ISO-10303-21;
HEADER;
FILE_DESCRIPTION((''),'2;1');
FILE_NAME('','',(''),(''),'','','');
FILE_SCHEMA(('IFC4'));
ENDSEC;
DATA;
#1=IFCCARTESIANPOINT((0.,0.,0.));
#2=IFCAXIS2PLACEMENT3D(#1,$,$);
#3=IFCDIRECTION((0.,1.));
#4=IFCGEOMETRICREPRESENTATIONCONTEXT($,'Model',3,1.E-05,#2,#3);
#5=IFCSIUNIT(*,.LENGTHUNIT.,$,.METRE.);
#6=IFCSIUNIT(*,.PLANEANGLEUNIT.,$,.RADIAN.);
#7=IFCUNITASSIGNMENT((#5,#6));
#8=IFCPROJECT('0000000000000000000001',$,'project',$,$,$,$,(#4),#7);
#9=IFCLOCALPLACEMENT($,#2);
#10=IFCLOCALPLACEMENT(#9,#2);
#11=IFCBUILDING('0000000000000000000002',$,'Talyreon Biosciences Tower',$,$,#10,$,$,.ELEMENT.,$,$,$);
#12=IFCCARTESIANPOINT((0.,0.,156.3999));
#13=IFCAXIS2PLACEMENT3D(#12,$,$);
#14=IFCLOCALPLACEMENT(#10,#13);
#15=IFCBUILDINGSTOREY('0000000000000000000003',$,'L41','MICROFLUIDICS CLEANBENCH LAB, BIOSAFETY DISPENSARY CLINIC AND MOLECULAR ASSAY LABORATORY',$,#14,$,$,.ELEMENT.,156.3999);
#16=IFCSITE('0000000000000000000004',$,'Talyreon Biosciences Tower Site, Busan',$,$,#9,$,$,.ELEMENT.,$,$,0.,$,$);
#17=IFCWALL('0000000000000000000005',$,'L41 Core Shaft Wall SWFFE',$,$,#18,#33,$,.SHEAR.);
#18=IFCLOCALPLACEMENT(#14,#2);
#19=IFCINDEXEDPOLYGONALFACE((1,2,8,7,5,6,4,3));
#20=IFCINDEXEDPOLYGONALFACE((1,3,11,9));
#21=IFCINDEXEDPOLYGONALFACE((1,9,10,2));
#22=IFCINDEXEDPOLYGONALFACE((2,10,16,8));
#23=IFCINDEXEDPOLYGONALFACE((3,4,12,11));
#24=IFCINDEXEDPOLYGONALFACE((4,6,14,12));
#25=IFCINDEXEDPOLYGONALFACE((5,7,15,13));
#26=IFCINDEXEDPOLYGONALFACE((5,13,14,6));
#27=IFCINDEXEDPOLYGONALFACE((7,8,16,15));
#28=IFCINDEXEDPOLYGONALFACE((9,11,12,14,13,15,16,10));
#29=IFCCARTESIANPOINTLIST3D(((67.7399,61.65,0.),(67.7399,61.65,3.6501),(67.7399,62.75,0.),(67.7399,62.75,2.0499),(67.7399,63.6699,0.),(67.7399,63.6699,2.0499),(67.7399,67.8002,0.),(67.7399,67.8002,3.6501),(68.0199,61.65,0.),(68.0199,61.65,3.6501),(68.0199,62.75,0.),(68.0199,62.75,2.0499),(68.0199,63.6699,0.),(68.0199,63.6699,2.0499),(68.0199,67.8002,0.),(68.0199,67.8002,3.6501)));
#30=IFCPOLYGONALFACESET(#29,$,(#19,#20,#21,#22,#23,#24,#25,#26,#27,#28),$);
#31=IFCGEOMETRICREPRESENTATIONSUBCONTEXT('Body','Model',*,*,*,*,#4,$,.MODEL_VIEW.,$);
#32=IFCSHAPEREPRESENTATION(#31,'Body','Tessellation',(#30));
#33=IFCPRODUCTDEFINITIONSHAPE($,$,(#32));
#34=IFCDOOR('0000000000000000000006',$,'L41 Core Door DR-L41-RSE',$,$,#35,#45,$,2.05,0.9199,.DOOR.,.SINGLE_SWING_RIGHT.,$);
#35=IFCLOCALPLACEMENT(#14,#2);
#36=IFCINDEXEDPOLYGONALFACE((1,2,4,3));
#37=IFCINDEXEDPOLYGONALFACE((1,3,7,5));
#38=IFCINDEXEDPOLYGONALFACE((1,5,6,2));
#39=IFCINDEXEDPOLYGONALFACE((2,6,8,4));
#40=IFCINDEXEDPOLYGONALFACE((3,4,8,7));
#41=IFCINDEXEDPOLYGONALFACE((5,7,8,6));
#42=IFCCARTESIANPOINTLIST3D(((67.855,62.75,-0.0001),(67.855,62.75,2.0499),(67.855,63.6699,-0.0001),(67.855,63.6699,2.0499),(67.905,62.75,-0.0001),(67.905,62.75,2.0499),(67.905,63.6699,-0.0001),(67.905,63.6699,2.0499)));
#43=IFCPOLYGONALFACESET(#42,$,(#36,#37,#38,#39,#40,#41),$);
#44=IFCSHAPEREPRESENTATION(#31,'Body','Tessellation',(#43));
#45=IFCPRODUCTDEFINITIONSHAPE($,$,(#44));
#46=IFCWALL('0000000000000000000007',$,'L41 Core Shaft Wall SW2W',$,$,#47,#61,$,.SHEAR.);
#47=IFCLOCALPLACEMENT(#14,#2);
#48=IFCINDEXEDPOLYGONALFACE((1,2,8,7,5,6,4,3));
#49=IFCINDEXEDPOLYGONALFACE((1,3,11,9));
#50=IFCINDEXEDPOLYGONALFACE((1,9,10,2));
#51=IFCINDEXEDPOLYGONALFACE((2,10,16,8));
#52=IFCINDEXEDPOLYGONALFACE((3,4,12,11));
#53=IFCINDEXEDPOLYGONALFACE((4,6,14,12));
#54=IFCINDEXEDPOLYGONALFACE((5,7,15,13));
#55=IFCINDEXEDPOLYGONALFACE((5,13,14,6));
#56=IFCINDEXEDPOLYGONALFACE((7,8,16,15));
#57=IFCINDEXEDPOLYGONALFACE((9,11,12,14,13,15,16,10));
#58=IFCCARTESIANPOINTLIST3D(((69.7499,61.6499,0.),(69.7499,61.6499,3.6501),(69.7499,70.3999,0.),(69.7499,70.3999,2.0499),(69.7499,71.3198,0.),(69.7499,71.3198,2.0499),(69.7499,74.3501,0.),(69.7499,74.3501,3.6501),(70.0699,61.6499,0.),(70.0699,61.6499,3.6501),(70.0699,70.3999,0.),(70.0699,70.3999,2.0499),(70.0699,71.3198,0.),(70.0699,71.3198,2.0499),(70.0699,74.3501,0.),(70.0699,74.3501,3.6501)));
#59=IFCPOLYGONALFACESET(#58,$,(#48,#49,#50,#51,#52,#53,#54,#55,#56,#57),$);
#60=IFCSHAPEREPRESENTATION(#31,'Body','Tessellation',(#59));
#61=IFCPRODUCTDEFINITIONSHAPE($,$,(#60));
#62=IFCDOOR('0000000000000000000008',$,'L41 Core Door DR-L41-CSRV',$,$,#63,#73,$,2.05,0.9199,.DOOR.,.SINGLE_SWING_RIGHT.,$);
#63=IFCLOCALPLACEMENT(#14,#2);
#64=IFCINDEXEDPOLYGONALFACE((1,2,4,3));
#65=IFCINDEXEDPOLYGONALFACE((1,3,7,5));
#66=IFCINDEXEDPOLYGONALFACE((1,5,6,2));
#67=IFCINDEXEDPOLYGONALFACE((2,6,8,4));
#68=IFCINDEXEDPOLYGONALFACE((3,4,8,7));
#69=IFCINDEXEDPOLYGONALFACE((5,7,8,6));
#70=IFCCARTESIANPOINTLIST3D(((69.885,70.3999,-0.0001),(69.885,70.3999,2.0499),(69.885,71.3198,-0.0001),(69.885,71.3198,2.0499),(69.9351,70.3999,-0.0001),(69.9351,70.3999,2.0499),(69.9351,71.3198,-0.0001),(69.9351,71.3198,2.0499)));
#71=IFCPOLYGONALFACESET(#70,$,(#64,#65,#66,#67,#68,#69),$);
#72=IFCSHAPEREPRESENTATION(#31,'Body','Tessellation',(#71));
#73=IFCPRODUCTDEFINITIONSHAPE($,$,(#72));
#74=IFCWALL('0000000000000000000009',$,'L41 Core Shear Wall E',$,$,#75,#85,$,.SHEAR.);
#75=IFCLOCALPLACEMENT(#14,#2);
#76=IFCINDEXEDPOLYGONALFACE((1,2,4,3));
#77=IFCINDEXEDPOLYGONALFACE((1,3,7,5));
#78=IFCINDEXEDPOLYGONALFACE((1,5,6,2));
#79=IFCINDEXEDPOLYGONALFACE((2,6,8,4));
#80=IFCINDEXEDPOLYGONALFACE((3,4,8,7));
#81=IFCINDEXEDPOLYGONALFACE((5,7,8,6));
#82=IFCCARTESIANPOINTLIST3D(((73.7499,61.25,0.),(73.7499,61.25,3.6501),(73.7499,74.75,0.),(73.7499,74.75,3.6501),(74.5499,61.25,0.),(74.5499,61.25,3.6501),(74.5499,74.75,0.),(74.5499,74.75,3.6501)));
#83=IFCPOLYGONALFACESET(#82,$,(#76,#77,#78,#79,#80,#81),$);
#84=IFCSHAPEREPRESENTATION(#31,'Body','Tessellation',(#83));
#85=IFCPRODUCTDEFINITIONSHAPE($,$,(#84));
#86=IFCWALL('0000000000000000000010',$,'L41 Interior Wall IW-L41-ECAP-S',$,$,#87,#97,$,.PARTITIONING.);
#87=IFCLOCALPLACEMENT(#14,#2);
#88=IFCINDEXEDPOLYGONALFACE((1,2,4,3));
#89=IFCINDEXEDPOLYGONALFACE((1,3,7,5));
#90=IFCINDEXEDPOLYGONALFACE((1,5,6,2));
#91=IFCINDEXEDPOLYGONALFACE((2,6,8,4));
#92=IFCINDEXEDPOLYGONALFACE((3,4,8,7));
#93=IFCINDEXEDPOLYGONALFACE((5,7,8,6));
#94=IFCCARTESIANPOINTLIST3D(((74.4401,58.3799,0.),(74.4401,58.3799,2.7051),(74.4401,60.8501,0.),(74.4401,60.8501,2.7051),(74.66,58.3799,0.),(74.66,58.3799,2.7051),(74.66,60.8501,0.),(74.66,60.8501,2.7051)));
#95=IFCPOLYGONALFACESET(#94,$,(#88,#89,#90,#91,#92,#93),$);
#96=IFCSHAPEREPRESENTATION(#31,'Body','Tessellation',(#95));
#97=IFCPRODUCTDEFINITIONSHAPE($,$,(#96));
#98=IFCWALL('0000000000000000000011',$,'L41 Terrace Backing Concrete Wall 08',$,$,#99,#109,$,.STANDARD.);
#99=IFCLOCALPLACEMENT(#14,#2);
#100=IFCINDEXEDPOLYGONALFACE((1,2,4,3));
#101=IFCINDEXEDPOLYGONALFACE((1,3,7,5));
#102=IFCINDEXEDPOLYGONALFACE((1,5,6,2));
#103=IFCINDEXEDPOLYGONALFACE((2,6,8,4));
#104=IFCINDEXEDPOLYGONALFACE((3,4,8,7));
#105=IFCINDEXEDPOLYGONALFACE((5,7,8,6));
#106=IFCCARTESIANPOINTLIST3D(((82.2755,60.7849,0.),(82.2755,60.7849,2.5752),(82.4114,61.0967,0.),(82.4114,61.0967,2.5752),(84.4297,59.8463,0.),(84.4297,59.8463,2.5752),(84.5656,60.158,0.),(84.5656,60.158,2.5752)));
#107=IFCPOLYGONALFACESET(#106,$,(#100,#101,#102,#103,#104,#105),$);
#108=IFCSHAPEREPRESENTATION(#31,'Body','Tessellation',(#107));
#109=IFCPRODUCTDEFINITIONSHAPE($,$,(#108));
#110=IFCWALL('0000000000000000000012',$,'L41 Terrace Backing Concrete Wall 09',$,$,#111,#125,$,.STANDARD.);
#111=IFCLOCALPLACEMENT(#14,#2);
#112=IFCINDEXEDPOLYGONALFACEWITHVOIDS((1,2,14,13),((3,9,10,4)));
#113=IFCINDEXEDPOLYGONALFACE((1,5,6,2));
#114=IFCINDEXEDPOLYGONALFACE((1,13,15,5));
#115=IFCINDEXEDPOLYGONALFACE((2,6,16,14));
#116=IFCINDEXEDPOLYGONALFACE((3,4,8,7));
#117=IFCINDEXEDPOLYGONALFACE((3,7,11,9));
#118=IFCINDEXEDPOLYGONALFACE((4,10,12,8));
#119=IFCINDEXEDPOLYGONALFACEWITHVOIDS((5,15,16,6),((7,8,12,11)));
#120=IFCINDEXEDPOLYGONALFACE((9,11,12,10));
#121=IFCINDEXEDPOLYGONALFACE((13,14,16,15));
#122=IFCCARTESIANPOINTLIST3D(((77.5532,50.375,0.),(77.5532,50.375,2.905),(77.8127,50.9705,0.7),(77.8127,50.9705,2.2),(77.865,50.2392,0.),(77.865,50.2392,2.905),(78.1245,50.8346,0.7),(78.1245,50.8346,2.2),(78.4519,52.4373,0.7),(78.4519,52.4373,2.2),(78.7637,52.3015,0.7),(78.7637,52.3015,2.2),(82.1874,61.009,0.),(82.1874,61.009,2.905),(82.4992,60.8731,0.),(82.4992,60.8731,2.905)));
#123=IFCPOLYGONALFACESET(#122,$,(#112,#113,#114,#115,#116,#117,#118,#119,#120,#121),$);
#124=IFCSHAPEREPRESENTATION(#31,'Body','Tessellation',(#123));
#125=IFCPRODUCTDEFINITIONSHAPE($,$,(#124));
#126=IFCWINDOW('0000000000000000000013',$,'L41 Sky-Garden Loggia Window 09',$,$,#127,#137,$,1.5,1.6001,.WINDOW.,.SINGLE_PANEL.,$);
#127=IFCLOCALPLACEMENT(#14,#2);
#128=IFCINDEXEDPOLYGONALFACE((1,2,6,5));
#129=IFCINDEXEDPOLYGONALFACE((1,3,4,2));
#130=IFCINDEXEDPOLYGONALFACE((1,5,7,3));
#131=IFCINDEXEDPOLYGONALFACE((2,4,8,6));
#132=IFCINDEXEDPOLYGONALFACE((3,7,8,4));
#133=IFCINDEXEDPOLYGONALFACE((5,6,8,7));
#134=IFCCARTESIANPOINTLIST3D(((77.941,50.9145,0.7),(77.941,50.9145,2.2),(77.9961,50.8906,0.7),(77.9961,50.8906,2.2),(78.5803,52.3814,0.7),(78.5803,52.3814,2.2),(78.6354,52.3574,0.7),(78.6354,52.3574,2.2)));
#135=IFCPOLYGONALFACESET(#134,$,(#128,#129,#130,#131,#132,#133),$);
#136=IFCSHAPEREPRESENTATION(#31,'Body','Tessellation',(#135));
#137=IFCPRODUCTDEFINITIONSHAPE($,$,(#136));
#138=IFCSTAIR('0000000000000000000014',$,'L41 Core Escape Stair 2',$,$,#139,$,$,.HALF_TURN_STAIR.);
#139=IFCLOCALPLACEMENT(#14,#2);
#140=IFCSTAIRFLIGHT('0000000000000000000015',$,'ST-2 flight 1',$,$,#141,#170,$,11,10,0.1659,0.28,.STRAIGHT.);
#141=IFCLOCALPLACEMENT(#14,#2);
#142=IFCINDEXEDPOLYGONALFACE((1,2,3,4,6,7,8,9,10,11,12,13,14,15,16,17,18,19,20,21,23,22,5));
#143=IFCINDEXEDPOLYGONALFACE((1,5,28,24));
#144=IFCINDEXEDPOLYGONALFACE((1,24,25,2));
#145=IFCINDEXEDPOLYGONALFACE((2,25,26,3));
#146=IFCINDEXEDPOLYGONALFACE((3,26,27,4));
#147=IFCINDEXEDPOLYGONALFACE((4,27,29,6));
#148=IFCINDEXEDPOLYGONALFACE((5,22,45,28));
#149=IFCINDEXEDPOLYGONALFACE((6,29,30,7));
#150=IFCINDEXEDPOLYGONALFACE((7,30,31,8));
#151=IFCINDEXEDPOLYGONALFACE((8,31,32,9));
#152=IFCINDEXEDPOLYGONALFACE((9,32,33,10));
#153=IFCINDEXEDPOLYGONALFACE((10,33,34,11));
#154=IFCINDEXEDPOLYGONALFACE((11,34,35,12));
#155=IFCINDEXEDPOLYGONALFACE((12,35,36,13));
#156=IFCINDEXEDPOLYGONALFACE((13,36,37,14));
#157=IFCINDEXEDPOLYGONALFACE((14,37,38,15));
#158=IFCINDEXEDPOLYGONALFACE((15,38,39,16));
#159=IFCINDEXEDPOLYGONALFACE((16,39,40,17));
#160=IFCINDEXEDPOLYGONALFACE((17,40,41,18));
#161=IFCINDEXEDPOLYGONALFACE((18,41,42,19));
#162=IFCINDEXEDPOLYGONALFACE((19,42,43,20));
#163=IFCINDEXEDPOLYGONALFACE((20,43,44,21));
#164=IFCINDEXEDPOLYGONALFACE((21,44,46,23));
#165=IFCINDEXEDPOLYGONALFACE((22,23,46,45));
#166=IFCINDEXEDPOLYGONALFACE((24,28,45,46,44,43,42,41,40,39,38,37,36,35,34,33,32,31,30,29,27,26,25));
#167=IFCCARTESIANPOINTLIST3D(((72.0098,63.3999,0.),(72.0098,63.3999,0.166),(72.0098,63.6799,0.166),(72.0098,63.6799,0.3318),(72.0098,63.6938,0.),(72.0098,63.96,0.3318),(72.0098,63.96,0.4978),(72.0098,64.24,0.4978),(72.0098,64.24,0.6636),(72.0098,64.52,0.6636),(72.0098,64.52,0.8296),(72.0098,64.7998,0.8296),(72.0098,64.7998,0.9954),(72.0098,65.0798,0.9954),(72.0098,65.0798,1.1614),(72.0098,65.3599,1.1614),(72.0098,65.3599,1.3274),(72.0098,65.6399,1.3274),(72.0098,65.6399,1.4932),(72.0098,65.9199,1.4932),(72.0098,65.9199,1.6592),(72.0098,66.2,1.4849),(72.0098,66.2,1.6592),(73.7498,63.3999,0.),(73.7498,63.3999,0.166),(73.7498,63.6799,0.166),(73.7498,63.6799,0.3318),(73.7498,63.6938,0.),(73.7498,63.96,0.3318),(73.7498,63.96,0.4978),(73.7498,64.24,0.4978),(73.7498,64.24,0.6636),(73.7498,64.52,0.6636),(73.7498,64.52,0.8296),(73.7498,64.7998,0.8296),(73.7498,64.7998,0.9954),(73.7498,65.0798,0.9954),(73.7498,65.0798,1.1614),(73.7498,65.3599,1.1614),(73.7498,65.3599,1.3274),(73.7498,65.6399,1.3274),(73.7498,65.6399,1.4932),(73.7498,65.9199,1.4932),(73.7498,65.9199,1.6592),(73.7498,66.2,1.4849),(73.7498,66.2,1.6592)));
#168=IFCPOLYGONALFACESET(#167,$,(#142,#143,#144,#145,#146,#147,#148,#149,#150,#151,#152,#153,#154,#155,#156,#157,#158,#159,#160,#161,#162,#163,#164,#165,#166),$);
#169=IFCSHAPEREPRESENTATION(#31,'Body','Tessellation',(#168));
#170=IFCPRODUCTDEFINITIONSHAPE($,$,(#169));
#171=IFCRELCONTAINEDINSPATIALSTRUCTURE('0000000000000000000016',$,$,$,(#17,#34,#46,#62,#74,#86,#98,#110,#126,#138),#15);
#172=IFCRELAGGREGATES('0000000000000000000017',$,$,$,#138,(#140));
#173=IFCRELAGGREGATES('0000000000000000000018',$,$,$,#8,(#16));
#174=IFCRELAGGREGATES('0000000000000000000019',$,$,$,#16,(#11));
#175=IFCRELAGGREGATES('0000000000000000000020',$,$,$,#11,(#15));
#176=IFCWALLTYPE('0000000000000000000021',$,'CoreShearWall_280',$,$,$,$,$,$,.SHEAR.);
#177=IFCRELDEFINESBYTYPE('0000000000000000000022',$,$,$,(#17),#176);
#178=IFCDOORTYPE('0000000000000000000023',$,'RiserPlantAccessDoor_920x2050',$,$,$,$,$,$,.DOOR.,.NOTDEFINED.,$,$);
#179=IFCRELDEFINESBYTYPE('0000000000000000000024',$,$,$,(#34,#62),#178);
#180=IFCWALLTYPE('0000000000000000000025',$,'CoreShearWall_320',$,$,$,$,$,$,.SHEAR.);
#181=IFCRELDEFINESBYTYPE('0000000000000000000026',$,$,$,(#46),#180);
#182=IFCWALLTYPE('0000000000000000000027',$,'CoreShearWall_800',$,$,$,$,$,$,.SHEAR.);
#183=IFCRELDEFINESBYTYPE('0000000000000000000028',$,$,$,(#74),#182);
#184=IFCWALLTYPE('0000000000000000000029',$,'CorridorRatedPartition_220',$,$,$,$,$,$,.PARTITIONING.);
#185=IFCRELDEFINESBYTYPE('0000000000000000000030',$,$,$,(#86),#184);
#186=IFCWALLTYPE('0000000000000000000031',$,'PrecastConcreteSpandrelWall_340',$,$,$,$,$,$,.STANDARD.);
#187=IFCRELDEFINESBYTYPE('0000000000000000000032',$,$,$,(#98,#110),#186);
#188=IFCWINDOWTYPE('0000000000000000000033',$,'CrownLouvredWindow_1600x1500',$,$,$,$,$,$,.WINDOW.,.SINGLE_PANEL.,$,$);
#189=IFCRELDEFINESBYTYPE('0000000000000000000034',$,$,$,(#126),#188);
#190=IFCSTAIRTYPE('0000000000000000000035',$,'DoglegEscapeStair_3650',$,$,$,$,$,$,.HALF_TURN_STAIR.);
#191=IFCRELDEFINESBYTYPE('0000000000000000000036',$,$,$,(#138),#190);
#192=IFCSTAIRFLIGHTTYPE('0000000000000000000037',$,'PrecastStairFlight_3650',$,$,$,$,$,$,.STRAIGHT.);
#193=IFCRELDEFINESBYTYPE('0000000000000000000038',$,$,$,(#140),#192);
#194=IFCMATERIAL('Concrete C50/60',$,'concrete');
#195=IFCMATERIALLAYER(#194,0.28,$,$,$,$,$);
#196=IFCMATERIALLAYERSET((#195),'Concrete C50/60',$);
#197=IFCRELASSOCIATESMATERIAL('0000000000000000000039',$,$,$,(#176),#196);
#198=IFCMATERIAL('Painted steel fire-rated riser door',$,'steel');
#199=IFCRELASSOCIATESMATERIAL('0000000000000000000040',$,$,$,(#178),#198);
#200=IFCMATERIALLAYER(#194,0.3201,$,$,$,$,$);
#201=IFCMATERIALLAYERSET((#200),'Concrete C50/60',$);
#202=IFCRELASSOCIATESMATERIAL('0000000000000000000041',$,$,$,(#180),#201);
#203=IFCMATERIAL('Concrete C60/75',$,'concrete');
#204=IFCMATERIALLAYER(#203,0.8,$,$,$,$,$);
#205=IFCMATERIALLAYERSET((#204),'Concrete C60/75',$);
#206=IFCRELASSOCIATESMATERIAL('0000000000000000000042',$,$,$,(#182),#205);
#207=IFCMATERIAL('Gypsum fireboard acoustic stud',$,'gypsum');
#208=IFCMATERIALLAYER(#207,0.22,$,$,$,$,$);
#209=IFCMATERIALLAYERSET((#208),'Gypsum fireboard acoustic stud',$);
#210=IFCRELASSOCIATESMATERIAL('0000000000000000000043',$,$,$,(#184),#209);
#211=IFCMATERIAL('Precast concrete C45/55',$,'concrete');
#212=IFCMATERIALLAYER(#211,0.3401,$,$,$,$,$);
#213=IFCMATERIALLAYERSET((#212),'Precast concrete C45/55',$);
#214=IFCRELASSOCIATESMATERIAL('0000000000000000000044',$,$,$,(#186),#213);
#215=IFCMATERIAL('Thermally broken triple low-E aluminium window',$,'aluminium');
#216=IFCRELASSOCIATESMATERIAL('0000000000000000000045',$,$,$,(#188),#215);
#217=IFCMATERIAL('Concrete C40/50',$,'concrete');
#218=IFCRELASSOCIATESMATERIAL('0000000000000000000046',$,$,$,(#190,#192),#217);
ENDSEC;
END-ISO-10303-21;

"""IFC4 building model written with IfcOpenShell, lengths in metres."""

from ifc_helpers import new_model, si_unit, direction, frame, frame_2d, origin, place, context, subcontext, project, spatial, polyline, rectangle, outline, extrude, material, layer, layer_set, type_object, element, fill, aggregate, save


model = new_model("IFC4")

# Units and contexts
model_context = context("Model", 3, precision=1e-05, world=origin(), true_north=direction((0.0, 1.0)))
body_context = subcontext(model_context, "Body", "Model", "MODEL_VIEW")
ifc_project = project(units=[si_unit("LENGTHUNIT", "METRE"), si_unit("PLANEANGLEUNIT", "RADIAN")], contexts=[model_context])

# Site, building, storey
site_placement = place(None, origin())
site = spatial("IfcSite", under=ifc_project, at=site_placement, Name="Talyreon Biosciences Tower Site, Busan", CompositionType="ELEMENT", RefElevation=0.0)
building_placement = place(site_placement, origin())
building = spatial("IfcBuilding", under=site, at=building_placement, Name="Talyreon Biosciences Tower", CompositionType="ELEMENT")
storey_placement = place(building_placement, frame((0.0, 0.0, 156.3999)))
storey = spatial("IfcBuildingStorey", under=building, at=storey_placement, Name="L41", Description="MICROFLUIDICS CLEANBENCH LAB, BIOSAFETY DISPENSARY CLINIC AND MOLECULAR ASSAY LABORATORY", CompositionType="ELEMENT", Elevation=156.3999)

# Shared definitions
ifc_material_1 = material(Name="Concrete C60/75", Category="concrete")
ifc_material_2 = material(Name="Concrete C50/60", Category="concrete")

# Walls, openings, doors
ifc_layer_1 = layer(ifc_material_2, 0.28)
ifc_layer_set_1 = layer_set([ifc_layer_1], Name="Concrete C50/60")
wall_type_1 = type_object("IfcWallType", Name="CoreShearWall_280", PredefinedType="SHEAR", material=ifc_layer_set_1)
wall_1_placement = place(storey_placement, frame((67.8799, 61.6499, 0.0), z_axis=(0.0, 0.0, 1.0), x_axis=(0.0, 1.0, 0.0)))
wall_1 = element("IfcWall", 1, at=wall_1_placement, inside=storey, type_object=wall_type_1, Name="L41 Core Shaft Wall SWFFE", PredefinedType="SHEAR", context=body_context, shape_type="SweptSolid", body=[
    extrude(rectangle(XDim=6.1501, YDim=0.28, at=frame_2d((3.0752, 0.0))), origin(), (0.0, 0.0, 1.0), 3.6501),
])
opening_1_placement = place(wall_1_placement, frame((1.1001, 0.0, 0.0)))
opening_1 = element("IfcOpeningElement", 2, at=opening_1_placement, cuts=wall_1, PredefinedType="OPENING", context=body_context, shape_type="SweptSolid", body=[
    extrude(rectangle(XDim=0.9199, YDim=2.05, at=frame_2d((0.46, 1.0249))), frame((0.0, 0.1499, 0.0), z_axis=(0.0, -1.0, 0.0), x_axis=(1.0, 0.0, 0.0)), (0.0, 0.0, 1.0), 0.3),
])
ifc_material_3 = material(Name="Painted steel fire-rated riser door", Category="steel")
door_type = type_object("IfcDoorType", Name="RiserPlantAccessDoor_920x2050", OperationType="NOTDEFINED", PredefinedType="DOOR", material=ifc_material_3)
door_1_placement = place(opening_1_placement, origin())
door_1 = element("IfcDoor", 3, at=door_1_placement, inside=storey, type_object=door_type, Name="L41 Core Door DR-L41-RSE", OperationType="SINGLE_SWING_RIGHT", OverallHeight=2.05, OverallWidth=0.9199, PredefinedType="DOOR", context=body_context, shape_type="SweptSolid", body=[
    extrude(rectangle(XDim=0.9199, YDim=2.05, at=frame_2d((0.46, 1.0249))), frame((0.0, 0.0249, 0.0), z_axis=(0.0, -1.0, 0.0), x_axis=(1.0, 0.0, 0.0)), (0.0, 0.0, 1.0), 0.05),
])
fill(opening_1, door_1)
ifc_layer_2 = layer(ifc_material_2, 0.3201)
ifc_layer_set_2 = layer_set([ifc_layer_2], Name="Concrete C50/60")
wall_type_2 = type_object("IfcWallType", Name="CoreShearWall_320", PredefinedType="SHEAR", material=ifc_layer_set_2)
wall_2_placement = place(storey_placement, frame((69.9099, 61.6499, 0.0), z_axis=(0.0, 0.0, 1.0), x_axis=(0.0, 1.0, 0.0)))
wall_2 = element("IfcWall", 4, at=wall_2_placement, inside=storey, type_object=wall_type_2, Name="L41 Core Shaft Wall SW2W", PredefinedType="SHEAR", context=body_context, shape_type="SweptSolid", body=[
    extrude(rectangle(XDim=12.7002, YDim=0.3201, at=frame_2d((6.3501, 0.0))), origin(), (0.0, 0.0, 1.0), 3.6501),
])
opening_2_placement = place(wall_2_placement, frame((8.75, 0.0, 0.0)))
opening_2 = element("IfcOpeningElement", 5, at=opening_2_placement, cuts=wall_2, PredefinedType="OPENING", context=body_context, shape_type="SweptSolid", body=[
    extrude(rectangle(XDim=0.9199, YDim=2.05, at=frame_2d((0.46, 1.0249))), frame((0.0, 0.1699, 0.0), z_axis=(0.0, -1.0, 0.0), x_axis=(1.0, 0.0, 0.0)), (0.0, 0.0, 1.0), 0.3401),
])
door_2_placement = place(opening_2_placement, origin())
door_2 = element("IfcDoor", 6, at=door_2_placement, inside=storey, type_object=door_type, Name="L41 Core Door DR-L41-CSRV", OperationType="SINGLE_SWING_RIGHT", OverallHeight=2.05, OverallWidth=0.9199, PredefinedType="DOOR", context=body_context, shape_type="SweptSolid", body=[
    extrude(rectangle(XDim=0.9199, YDim=2.05, at=frame_2d((0.46, 1.0249))), frame((0.0, 0.0249, 0.0), z_axis=(0.0, -1.0, 0.0), x_axis=(1.0, 0.0, 0.0)), (0.0, 0.0, 1.0), 0.05),
])
fill(opening_2, door_2)

# Walls
ifc_layer_3 = layer(ifc_material_1, 0.8)
ifc_layer_set_3 = layer_set([ifc_layer_3], Name="Concrete C60/75")
wall_type_3 = type_object("IfcWallType", Name="CoreShearWall_800", PredefinedType="SHEAR", material=ifc_layer_set_3)
wall_3_placement = place(storey_placement, frame((74.1499, 61.25, 0.0), z_axis=(0.0, 0.0, 1.0), x_axis=(0.0, 1.0, 0.0)))
element("IfcWall", 7, at=wall_3_placement, inside=storey, type_object=wall_type_3, Name="L41 Core Shear Wall E", PredefinedType="SHEAR", context=body_context, shape_type="SweptSolid", body=[
    extrude(rectangle(XDim=13.5, YDim=0.8, at=frame_2d((6.75, 0.0))), origin(), (0.0, 0.0, 1.0), 3.6501),
])
ifc_material_4 = material(Name="Gypsum fireboard acoustic stud", Category="gypsum")
ifc_layer_4 = layer(ifc_material_4, 0.22)
ifc_layer_set_4 = layer_set([ifc_layer_4], Name="Gypsum fireboard acoustic stud")
wall_type_4 = type_object("IfcWallType", Name="CorridorRatedPartition_220", PredefinedType="PARTITIONING", material=ifc_layer_set_4)
wall_4_placement = place(storey_placement, frame((74.55, 58.3799, 0.0), z_axis=(0.0, 0.0, 1.0), x_axis=(0.0, 1.0, 0.0)))
element("IfcWall", 8, at=wall_4_placement, inside=storey, type_object=wall_type_4, Name="L41 Interior Wall IW-L41-ECAP-S", PredefinedType="PARTITIONING", context=body_context, shape_type="SweptSolid", body=[
    extrude(rectangle(XDim=2.4702, YDim=0.22, at=frame_2d((1.2351, 0.0))), origin(), (0.0, 0.0, 1.0), 2.7051),
])
ifc_material_5 = material(Name="Precast concrete C45/55", Category="concrete")
ifc_layer_5 = layer(ifc_material_5, 0.3401)
ifc_layer_set_5 = layer_set([ifc_layer_5], Name="Precast concrete C45/55")
wall_type_5 = type_object("IfcWallType", Name="PrecastConcreteSpandrelWall_340", PredefinedType="STANDARD", material=ifc_layer_set_5)
wall_5_placement = place(storey_placement, frame((84.4976, 60.0022, 0.0), z_axis=(0.0, 0.0, 1.0), x_axis=(-0.916748, 0.399467, 0.0)))
element("IfcWall", 9, at=wall_5_placement, inside=storey, type_object=wall_type_5, Name="L41 Terrace Backing Concrete Wall 08", PredefinedType="STANDARD", context=body_context, shape_type="SweptSolid", body=[
    extrude(rectangle(XDim=2.3499, YDim=0.3401, at=frame_2d((1.1748, 0.0))), origin(), (0.0, 0.0, 1.0), 2.5752),
])

# Wall, opening, window
wall_6_placement = place(storey_placement, frame((82.3433, 60.9409, 0.0), z_axis=(0.0, 0.0, 1.0), x_axis=(-0.399508, -0.91673, 0.0)))
wall_6 = element("IfcWall", 10, at=wall_6_placement, inside=storey, type_object=wall_type_5, Name="L41 Terrace Backing Concrete Wall 09", PredefinedType="STANDARD", context=body_context, shape_type="SweptSolid", body=[
    extrude(rectangle(XDim=11.5999, YDim=0.3401, at=frame_2d((5.7998, 0.0))), origin(), (0.0, 0.0, 1.0), 2.905),
])
opening_3_placement = place(wall_6_placement, frame((9.3501, 0.0, 0.7)))
opening_3 = element("IfcOpeningElement", 11, at=opening_3_placement, cuts=wall_6, PredefinedType="OPENING", context=body_context, shape_type="SweptSolid", body=[
    extrude(rectangle(XDim=1.6001, YDim=1.5, at=frame_2d((0.8, 0.75))), frame((0.0, 0.1799, 0.0), z_axis=(0.0, -1.0, 0.0), x_axis=(1.0, 0.0, 0.0)), (0.0, 0.0, 1.0), 0.3601),
])
ifc_material_6 = material(Name="Thermally broken triple low-E aluminium window", Category="aluminium")
window_type = type_object("IfcWindowType", Name="CrownLouvredWindow_1600x1500", PartitioningType="SINGLE_PANEL", PredefinedType="WINDOW", material=ifc_material_6)
window_placement = place(opening_3_placement, origin())
window = element("IfcWindow", 12, at=window_placement, inside=storey, type_object=window_type, Name="L41 Sky-Garden Loggia Window 09", OverallHeight=1.5, OverallWidth=1.6001, PartitioningType="SINGLE_PANEL", PredefinedType="WINDOW", context=body_context, shape_type="SweptSolid", body=[
    extrude(rectangle(XDim=1.6001, YDim=1.5, at=frame_2d((0.8, 0.75))), frame((0.0, 0.03, 0.0), z_axis=(0.0, -1.0, 0.0), x_axis=(1.0, 0.0, 0.0)), (0.0, 0.0, 1.0), 0.0601),
])
fill(opening_3, window)

# Stair, stair flight
ifc_material_7 = material(Name="Concrete C40/50", Category="concrete")
stair_type = type_object("IfcStairType", Name="DoglegEscapeStair_3650", PredefinedType="HALF_TURN_STAIR", material=ifc_material_7)
stair_placement = place(storey_placement, origin())
stair = element("IfcStair", 13, at=stair_placement, inside=storey, type_object=stair_type, Name="L41 Core Escape Stair 2", PredefinedType="HALF_TURN_STAIR")
stair_flight_type = type_object("IfcStairFlightType", Name="PrecastStairFlight_3650", PredefinedType="STRAIGHT", material=ifc_material_7)
stair_flight_1_placement = place(storey_placement, frame((72.8799, 63.3999, 0.0), z_axis=(0.0, 0.0, 1.0), x_axis=(0.0, 1.0, 0.0)))
stair_flight_1 = element("IfcStairFlight", 14, at=stair_flight_1_placement, type_object=stair_flight_type, Name="ST-2 flight 1", NumberOfRisers=11, NumberOfTreads=10, PredefinedType="STRAIGHT", RiserHeight=0.1659, TreadLength=0.28, context=body_context, shape_type="SweptSolid", body=[
    extrude(outline(polyline([(0.0, 0.0), (0.0, 0.166), (0.28, 0.166), (0.28, 0.3318), (0.5601, 0.3318), (0.5601, 0.4978), (0.8401, 0.4978), (0.8401, 0.6636), (1.1201, 0.6636), (1.1201, 0.8296), (1.3999, 0.8296), (1.3999, 0.9954), (1.6799, 0.9954), (1.6799, 1.1614), (1.96, 1.1614), (1.96, 1.3274), (2.24, 1.3274), (2.24, 1.4932), (2.52, 1.4932), (2.52, 1.6592), (2.8, 1.6592), (2.8, 1.825), (2.8, 1.4849), (0.2939, 0.0), (0.0, 0.0)])), frame((0.0, 0.8701, 0.0), z_axis=(0.0, -1.0, 0.0), x_axis=(1.0, 0.0, 0.0)), (0.0, 0.0, 1.0), 1.74),
])
aggregate(stair, [stair_flight_1])

save(model, "model.ifc")
